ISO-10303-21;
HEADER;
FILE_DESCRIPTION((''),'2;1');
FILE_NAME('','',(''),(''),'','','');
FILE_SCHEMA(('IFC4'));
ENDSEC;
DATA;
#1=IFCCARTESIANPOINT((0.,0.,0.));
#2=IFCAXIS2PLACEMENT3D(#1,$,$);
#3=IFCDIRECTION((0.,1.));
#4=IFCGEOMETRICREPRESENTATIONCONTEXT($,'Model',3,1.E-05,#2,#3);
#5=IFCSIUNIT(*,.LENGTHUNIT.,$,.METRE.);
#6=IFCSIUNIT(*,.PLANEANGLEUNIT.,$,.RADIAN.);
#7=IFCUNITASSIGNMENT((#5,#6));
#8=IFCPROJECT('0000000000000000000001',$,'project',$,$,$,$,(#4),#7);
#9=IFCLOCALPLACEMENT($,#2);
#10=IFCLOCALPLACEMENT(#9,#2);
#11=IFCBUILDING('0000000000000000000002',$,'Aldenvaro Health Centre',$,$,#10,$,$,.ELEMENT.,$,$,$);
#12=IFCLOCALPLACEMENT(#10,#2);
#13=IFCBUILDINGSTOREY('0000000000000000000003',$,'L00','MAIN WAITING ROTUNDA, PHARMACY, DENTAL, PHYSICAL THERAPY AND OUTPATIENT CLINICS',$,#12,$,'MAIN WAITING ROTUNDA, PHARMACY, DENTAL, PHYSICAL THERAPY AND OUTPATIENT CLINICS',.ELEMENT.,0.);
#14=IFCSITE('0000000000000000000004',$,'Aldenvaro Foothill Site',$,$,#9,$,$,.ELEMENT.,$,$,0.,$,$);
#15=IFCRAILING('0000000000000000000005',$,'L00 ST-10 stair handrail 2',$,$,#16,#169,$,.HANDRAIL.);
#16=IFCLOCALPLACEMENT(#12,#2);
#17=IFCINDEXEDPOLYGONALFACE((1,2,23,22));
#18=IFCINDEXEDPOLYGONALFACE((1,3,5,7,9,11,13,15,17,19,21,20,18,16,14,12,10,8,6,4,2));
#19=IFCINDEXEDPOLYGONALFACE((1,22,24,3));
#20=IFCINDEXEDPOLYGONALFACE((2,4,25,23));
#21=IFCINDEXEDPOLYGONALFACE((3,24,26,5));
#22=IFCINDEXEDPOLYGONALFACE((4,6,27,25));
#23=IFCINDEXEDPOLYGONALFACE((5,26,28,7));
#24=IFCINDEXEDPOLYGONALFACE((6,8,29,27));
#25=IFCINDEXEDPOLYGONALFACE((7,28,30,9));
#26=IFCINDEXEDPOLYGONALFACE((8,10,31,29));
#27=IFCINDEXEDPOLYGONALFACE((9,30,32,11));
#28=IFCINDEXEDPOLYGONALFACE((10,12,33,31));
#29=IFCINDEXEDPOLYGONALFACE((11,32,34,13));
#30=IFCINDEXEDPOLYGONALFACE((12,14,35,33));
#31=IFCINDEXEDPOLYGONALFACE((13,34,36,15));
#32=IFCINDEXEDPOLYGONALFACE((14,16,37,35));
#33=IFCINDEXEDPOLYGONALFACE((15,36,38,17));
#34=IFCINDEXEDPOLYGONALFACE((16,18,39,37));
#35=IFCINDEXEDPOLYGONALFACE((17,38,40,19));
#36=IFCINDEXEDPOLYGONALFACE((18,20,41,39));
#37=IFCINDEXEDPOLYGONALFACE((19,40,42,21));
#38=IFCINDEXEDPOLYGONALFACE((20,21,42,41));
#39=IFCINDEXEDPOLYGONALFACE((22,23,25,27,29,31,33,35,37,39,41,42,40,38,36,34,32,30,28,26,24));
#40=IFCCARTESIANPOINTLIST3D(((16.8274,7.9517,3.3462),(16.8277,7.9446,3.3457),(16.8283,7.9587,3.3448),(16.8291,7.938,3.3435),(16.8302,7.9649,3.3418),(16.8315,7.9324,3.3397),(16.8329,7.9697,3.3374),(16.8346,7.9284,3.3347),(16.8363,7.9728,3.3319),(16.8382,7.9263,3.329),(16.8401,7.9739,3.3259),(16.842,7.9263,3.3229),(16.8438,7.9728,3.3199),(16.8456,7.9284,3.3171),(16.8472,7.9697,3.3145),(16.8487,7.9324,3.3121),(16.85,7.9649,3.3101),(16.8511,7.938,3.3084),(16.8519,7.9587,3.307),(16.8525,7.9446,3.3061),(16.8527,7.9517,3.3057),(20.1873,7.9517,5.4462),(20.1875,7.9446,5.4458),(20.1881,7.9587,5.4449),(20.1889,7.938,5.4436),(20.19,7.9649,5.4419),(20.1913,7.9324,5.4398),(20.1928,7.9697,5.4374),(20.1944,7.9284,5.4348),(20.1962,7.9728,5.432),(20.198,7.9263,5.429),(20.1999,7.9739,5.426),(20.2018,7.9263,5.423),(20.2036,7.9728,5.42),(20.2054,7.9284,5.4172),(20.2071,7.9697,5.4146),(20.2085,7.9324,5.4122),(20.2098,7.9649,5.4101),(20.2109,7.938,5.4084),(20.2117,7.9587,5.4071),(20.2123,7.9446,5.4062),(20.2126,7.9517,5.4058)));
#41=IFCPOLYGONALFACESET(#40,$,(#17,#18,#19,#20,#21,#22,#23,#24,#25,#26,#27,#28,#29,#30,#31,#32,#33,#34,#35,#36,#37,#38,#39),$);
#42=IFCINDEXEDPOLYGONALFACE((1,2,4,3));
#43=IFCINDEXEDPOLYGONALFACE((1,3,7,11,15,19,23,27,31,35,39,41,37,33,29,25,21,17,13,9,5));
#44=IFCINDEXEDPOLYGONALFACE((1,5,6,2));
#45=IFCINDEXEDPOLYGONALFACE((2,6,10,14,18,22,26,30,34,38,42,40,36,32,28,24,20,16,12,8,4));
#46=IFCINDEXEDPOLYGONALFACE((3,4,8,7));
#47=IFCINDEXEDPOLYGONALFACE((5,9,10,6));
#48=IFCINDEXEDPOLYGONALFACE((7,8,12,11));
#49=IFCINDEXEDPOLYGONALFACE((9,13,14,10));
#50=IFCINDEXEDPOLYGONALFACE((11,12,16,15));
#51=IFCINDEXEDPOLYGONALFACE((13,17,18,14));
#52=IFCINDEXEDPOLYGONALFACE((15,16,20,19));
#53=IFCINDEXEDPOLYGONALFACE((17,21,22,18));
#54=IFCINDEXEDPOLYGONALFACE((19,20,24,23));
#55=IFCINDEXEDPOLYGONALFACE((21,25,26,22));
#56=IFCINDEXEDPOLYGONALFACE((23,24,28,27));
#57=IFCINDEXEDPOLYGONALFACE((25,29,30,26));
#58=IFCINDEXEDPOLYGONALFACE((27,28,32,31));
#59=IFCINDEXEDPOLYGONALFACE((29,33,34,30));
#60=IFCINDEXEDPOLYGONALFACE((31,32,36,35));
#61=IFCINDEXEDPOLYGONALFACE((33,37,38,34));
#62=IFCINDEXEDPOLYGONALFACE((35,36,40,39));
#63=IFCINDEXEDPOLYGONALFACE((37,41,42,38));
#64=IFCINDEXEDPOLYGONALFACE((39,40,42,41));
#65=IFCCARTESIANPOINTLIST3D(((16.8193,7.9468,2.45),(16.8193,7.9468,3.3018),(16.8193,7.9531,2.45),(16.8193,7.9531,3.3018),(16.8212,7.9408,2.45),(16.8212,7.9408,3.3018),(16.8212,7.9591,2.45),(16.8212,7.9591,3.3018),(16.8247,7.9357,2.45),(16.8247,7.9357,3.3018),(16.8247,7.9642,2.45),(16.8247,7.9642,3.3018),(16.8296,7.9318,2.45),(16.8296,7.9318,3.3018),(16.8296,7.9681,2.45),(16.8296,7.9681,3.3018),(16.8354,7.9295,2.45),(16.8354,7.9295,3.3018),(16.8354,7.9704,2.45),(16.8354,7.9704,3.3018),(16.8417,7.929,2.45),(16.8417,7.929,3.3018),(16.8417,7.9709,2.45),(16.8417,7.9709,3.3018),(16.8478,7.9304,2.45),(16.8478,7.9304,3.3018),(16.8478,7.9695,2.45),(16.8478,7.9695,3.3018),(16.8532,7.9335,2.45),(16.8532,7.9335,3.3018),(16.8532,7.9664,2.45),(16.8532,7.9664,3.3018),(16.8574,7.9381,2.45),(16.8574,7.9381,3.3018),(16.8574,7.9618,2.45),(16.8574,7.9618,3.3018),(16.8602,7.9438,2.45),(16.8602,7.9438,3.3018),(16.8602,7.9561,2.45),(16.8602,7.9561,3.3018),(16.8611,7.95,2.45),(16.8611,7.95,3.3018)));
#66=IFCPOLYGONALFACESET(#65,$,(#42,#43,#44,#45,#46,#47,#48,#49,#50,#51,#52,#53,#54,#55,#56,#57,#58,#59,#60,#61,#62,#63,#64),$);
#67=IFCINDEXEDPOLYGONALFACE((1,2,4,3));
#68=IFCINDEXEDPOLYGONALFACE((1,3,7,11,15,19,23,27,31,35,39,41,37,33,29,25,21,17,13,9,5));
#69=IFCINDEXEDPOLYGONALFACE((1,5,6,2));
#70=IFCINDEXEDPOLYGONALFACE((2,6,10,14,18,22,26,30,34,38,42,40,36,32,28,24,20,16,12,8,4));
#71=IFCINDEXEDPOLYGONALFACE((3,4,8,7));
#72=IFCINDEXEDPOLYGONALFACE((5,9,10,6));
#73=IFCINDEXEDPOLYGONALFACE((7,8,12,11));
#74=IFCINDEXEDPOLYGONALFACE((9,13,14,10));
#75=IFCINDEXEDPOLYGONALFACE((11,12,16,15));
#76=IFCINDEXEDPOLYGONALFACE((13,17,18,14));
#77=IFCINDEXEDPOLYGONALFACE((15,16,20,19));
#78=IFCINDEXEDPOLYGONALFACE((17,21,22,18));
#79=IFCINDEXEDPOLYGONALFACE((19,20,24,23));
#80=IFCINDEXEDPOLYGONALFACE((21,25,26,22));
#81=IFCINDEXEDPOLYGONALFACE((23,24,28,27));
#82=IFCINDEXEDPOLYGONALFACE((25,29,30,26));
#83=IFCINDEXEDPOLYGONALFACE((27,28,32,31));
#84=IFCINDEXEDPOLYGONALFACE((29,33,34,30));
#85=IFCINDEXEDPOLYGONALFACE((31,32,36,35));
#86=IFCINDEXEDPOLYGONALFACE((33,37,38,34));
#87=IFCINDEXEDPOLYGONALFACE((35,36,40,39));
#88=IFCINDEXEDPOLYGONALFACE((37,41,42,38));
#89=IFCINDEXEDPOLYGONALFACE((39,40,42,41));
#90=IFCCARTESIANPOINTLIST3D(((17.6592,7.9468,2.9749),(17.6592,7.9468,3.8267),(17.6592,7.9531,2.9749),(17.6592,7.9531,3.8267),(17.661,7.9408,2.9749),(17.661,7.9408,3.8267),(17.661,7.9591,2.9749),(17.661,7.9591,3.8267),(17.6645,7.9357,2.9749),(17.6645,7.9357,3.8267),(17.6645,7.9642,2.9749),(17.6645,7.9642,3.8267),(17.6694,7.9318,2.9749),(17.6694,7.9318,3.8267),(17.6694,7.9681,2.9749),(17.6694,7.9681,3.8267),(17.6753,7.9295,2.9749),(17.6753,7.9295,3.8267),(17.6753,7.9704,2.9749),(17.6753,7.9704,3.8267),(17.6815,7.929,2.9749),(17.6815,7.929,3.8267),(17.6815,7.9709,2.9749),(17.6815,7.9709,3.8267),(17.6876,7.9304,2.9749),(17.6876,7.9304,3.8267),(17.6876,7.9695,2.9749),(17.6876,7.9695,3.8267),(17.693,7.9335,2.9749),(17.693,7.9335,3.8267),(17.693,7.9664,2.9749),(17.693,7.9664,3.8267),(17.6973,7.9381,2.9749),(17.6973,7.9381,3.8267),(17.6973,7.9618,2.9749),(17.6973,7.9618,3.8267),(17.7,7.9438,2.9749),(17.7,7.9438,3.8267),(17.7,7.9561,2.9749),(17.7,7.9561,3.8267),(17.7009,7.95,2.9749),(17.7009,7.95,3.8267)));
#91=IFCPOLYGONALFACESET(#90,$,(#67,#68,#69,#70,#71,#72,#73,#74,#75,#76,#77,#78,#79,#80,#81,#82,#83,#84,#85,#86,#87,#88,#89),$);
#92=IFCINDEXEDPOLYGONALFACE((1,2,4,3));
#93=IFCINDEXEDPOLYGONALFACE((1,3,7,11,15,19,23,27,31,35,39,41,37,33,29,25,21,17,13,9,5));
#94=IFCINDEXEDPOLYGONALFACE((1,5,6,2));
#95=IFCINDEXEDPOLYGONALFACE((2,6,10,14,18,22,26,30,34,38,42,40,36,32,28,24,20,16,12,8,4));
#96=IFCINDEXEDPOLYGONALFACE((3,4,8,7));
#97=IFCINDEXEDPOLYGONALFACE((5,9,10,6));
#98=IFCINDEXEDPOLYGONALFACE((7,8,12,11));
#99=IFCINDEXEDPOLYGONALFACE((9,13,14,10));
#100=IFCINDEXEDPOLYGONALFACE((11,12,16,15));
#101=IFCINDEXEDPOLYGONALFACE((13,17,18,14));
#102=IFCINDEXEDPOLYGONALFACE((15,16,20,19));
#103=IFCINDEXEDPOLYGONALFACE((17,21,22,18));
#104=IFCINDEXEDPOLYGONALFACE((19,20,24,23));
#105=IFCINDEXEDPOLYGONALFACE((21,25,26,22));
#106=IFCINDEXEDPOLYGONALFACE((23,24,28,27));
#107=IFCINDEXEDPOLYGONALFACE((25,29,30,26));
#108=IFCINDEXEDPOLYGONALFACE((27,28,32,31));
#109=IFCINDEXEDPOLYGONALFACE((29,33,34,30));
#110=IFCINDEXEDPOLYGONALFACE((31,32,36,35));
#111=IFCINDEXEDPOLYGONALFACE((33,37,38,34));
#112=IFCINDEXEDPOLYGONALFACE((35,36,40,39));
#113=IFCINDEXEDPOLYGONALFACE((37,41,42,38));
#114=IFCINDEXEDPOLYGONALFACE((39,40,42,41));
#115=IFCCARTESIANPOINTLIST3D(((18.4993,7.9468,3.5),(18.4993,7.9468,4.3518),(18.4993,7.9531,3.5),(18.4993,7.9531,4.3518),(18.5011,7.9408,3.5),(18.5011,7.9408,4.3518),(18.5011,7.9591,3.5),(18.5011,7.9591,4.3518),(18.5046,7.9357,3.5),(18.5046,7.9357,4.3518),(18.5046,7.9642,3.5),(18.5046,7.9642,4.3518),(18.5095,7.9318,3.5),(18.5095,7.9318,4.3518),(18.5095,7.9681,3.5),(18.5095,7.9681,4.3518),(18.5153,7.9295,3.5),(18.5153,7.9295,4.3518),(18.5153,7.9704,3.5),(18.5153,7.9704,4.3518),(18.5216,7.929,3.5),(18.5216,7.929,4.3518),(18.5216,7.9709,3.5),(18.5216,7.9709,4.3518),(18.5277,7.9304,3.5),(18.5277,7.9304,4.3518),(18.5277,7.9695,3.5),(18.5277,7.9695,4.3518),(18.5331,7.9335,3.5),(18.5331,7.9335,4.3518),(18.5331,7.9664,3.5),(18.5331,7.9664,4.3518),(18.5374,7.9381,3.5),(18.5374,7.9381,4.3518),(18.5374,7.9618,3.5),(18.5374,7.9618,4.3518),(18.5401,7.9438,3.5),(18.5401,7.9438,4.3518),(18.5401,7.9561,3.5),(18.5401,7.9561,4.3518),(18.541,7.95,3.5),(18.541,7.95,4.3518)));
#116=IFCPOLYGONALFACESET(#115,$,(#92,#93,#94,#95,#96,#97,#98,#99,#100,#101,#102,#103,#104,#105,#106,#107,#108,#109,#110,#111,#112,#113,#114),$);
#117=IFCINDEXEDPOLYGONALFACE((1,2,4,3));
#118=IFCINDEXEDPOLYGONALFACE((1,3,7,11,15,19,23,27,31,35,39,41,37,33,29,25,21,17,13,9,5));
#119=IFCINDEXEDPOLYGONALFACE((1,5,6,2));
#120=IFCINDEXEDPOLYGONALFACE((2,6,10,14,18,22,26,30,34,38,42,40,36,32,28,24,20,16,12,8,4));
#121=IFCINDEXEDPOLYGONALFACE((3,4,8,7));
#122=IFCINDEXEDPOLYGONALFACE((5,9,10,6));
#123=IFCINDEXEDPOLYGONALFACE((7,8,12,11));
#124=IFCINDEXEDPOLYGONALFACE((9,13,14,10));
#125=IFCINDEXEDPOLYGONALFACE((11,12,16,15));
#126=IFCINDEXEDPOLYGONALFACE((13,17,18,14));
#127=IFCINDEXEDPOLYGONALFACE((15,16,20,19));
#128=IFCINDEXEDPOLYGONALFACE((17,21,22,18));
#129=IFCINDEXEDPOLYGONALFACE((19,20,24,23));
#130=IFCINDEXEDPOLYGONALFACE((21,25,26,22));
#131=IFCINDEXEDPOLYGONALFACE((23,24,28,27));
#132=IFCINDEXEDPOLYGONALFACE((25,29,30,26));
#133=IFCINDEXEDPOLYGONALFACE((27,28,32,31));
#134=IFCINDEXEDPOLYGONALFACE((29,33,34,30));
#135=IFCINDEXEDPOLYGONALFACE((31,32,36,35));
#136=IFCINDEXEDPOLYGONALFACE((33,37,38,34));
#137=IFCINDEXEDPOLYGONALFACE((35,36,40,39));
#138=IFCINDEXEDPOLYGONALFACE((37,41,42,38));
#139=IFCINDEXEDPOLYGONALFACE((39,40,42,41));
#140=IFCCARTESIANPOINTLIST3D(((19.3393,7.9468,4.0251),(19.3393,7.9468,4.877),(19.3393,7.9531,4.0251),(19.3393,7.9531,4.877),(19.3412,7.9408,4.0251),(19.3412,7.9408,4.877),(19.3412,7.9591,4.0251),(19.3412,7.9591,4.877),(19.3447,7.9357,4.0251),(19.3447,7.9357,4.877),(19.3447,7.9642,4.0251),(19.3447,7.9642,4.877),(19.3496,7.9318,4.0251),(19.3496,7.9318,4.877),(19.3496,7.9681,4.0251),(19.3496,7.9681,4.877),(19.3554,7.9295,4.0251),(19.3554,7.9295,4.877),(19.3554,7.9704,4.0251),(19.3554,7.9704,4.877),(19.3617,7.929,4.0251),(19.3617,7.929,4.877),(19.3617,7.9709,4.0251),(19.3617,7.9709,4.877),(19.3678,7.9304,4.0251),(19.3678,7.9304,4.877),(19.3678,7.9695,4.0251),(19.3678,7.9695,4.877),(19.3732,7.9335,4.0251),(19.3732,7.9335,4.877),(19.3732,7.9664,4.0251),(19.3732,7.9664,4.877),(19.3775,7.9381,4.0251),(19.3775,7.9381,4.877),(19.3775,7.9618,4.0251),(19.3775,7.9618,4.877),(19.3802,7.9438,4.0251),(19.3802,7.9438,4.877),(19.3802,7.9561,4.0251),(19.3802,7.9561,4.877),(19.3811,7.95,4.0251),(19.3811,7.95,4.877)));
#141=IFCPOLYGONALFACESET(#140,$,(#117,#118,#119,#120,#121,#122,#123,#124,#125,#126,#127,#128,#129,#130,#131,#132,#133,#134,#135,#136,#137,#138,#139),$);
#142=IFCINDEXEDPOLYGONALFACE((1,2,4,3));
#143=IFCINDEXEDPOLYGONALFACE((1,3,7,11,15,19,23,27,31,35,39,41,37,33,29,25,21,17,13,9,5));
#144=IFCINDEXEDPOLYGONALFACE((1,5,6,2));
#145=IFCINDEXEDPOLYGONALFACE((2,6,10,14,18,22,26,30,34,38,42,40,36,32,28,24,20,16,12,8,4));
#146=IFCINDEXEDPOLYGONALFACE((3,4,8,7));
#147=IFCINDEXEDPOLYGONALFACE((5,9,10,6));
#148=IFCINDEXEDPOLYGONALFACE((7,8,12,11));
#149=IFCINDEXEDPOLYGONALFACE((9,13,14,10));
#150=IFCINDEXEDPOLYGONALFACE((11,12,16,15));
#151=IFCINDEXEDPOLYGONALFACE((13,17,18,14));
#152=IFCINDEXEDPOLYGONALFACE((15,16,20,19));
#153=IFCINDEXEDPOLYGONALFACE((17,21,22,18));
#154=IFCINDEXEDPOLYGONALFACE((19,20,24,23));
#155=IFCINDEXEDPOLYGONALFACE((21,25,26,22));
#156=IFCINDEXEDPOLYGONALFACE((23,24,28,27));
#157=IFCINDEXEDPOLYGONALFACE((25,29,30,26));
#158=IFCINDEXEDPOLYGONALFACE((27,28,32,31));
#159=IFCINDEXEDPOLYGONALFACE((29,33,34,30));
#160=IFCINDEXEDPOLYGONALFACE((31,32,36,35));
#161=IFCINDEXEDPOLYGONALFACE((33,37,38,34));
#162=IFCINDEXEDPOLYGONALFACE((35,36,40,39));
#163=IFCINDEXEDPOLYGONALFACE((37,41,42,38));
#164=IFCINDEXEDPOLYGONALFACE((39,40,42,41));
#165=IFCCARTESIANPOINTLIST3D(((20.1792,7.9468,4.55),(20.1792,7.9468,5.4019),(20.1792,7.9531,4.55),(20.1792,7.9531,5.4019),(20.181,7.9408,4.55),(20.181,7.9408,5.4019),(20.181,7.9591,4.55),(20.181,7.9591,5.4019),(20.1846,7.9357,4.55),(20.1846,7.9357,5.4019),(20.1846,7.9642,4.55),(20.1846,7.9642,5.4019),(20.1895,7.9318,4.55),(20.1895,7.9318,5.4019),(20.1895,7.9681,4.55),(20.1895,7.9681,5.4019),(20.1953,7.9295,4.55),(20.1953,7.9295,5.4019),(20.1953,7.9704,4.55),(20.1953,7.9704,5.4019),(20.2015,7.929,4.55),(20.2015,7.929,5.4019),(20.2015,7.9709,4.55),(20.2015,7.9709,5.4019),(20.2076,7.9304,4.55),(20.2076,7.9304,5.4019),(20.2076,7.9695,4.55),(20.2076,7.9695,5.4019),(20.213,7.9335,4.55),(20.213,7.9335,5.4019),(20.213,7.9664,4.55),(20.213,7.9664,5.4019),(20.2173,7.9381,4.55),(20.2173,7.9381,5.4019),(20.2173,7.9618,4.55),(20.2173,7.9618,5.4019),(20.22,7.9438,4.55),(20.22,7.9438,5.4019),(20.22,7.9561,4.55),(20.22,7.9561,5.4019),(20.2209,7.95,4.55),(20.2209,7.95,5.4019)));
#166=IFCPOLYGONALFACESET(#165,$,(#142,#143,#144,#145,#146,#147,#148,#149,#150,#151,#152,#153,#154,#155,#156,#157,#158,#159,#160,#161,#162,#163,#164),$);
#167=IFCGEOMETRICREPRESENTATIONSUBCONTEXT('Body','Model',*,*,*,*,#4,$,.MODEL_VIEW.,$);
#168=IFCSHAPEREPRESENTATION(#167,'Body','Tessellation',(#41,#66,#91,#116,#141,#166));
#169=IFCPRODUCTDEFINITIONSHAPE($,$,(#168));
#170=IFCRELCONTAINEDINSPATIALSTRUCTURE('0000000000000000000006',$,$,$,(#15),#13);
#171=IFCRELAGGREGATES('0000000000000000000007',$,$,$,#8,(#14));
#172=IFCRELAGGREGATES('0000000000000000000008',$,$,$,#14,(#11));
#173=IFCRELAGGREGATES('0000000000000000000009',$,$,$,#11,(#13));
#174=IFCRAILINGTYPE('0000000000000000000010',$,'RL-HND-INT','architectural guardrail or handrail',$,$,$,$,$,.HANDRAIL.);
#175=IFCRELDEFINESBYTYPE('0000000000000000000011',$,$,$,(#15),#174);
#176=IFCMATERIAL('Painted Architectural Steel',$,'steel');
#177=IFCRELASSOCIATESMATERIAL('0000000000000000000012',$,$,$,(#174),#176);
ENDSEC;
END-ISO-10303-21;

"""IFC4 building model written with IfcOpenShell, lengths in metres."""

from ifc_helpers import new_model, si_unit, direction, frame, origin, origin_2d, place, context, subcontext, project, spatial, circle, extrude, material, type_object, element, save


model = new_model("IFC4")

# Units and contexts
model_context = context("Model", 3, precision=1e-05, world=origin(), true_north=direction((0.0, 1.0)))
body_context = subcontext(model_context, "Body", "Model", "MODEL_VIEW")
ifc_project = project(units=[si_unit("LENGTHUNIT", "METRE"), si_unit("PLANEANGLEUNIT", "RADIAN")], contexts=[model_context])

# Site, building, storey
site_placement = place(None, origin())
site = spatial("IfcSite", under=ifc_project, at=site_placement, Name="Aldenvaro Foothill Site", CompositionType="ELEMENT", RefElevation=0.0)
building_placement = place(site_placement, origin())
building = spatial("IfcBuilding", under=site, at=building_placement, Name="Aldenvaro Health Centre", CompositionType="ELEMENT")
storey_placement = place(building_placement, origin())
storey = spatial("IfcBuildingStorey", under=building, at=storey_placement, Name="L00", Description="MAIN WAITING ROTUNDA, PHARMACY, DENTAL, PHYSICAL THERAPY AND OUTPATIENT CLINICS", LongName="MAIN WAITING ROTUNDA, PHARMACY, DENTAL, PHYSICAL THERAPY AND OUTPATIENT CLINICS", CompositionType="ELEMENT", Elevation=0.0)

# Railing
ifc_material_1 = material(Name="Painted Architectural Steel", Category="steel")
railing_type_1 = type_object("IfcRailingType", Name="RL-HND-INT", Description="architectural guardrail or handrail", PredefinedType="HANDRAIL", material=ifc_material_1)
railing_1_placement = place(storey_placement, frame((16.8401, 7.95, 2.45)))
element("IfcRailing", 1, at=railing_1_placement, inside=storey, type_object=railing_type_1, Name="L00 ST-10 stair handrail 2", PredefinedType="HANDRAIL", context=body_context, shape_type="SweptSolid", body=[
    extrude(circle(Radius=0.0239, at=origin_2d()), frame((0.0, 0.0, 0.876), z_axis=(0.847978, 0.0, 0.530032), x_axis=(0.0, 1.0, 0.0)), (0.0, 0.0, 1.0), 3.9622),
    extrude(circle(Radius=0.021, at=origin_2d()), origin(), (0.0, 0.0, 1.0), 0.8518),
    extrude(circle(Radius=0.021, at=origin_2d()), frame((0.8398, 0.0, 0.5249)), (0.0, 0.0, 1.0), 0.8518),
    extrude(circle(Radius=0.021, at=origin_2d()), frame((1.6799, 0.0, 1.05)), (0.0, 0.0, 1.0), 0.8518),
    extrude(circle(Radius=0.021, at=origin_2d()), frame((2.52, 0.0, 1.5752)), (0.0, 0.0, 1.0), 0.8518),
    extrude(circle(Radius=0.021, at=origin_2d()), frame((3.3599, 0.0, 2.1001)), (0.0, 0.0, 1.0), 0.8518),
])

save(model, "model.ifc")
